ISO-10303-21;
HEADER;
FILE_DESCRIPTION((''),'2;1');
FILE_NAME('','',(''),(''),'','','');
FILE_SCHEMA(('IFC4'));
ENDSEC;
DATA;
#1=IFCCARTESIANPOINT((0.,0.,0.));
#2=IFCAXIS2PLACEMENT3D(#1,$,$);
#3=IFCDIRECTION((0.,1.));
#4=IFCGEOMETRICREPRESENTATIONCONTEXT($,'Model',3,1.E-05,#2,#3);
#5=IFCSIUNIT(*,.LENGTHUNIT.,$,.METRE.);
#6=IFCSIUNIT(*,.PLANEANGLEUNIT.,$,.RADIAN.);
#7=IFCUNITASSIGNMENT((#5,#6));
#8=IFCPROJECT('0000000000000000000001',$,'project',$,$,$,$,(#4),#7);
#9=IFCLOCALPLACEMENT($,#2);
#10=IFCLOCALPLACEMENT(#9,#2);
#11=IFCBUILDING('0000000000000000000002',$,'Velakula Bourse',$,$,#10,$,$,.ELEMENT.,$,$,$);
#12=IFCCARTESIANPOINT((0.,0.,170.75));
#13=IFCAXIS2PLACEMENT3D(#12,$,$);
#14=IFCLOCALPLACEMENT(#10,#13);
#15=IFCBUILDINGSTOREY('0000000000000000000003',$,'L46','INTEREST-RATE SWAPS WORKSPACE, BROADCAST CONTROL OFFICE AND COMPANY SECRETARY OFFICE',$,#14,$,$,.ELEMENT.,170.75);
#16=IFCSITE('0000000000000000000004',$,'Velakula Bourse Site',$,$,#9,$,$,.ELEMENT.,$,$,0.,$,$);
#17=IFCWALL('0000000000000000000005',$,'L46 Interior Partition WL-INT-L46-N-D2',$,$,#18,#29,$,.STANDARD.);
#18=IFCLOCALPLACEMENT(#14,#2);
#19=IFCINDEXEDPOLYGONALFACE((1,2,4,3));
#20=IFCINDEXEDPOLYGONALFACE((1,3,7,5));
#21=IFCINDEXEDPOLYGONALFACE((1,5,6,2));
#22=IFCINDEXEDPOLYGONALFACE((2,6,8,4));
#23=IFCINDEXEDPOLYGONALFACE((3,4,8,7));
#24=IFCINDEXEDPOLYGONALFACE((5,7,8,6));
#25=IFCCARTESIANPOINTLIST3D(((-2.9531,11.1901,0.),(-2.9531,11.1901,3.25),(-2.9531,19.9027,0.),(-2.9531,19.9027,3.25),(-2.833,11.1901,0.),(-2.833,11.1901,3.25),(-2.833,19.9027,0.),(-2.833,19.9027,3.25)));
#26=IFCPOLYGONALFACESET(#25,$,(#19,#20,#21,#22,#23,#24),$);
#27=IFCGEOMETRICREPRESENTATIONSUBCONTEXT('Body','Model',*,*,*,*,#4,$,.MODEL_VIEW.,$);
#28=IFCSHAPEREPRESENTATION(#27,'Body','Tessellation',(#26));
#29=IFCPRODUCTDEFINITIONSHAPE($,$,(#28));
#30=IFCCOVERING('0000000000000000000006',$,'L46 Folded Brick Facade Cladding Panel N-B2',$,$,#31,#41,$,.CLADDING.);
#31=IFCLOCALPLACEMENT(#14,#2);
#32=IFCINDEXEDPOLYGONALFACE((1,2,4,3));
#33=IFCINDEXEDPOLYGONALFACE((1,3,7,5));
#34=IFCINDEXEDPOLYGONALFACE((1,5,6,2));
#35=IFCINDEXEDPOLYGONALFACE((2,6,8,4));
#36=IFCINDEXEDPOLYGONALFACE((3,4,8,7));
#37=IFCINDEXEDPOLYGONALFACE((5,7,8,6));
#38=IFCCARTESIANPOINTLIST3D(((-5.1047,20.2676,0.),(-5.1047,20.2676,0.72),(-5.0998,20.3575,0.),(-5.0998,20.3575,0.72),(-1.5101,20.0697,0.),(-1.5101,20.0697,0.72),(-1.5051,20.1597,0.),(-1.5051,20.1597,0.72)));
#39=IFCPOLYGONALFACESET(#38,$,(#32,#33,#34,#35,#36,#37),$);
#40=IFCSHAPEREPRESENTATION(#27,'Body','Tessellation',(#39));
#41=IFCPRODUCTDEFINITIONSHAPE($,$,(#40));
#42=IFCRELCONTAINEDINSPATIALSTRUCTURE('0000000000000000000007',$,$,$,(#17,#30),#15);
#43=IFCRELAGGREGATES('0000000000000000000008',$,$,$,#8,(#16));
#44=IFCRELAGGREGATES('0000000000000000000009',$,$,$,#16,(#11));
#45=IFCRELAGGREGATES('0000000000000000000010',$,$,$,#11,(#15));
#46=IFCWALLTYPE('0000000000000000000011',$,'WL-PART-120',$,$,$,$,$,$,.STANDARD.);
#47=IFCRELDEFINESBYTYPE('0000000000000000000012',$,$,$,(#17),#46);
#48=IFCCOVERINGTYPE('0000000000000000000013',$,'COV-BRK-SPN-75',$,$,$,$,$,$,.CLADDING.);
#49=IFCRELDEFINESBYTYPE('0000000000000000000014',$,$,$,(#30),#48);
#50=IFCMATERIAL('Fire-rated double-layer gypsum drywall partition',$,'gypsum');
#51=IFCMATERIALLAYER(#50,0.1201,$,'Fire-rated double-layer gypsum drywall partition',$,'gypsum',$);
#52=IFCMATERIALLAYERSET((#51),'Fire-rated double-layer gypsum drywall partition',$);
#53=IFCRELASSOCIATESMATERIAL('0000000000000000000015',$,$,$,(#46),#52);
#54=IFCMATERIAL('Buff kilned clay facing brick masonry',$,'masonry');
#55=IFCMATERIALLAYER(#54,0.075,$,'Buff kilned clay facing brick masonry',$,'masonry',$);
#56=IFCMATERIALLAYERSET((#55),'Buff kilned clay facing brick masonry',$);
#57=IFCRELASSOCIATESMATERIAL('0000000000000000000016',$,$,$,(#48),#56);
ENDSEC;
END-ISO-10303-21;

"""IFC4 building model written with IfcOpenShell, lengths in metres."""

from ifc_helpers import new_model, si_unit, direction, frame, frame_2d, origin, origin_2d, place, context, subcontext, project, spatial, rectangle, extrude, material, layer, layer_set, type_object, element, save


model = new_model("IFC4")

# Units and contexts
model_context = context("Model", 3, precision=1e-05, world=origin(), true_north=direction((0.0, 1.0)))
body_context = subcontext(model_context, "Body", "Model", "MODEL_VIEW")
ifc_project = project(units=[si_unit("LENGTHUNIT", "METRE"), si_unit("PLANEANGLEUNIT", "RADIAN")], contexts=[model_context])

# Site, building, storey
site_placement = place(None, origin())
site = spatial("IfcSite", under=ifc_project, at=site_placement, Name="Velakula Bourse Site", CompositionType="ELEMENT", RefElevation=0.0)
building_placement = place(site_placement, origin())
building = spatial("IfcBuilding", under=site, at=building_placement, Name="Velakula Bourse", CompositionType="ELEMENT")
storey_placement = place(building_placement, frame((0.0, 0.0, 170.75)))
storey = spatial("IfcBuildingStorey", under=building, at=storey_placement, Name="L46", Description="INTEREST-RATE SWAPS WORKSPACE, BROADCAST CONTROL OFFICE AND COMPANY SECRETARY OFFICE", CompositionType="ELEMENT", Elevation=170.75)

# Wall
ifc_material_1 = material(Name="Fire-rated double-layer gypsum drywall partition", Category="gypsum")
ifc_layer_1 = layer(ifc_material_1, 0.1201, Name="Fire-rated double-layer gypsum drywall partition", Category="gypsum")
ifc_layer_set_1 = layer_set([ifc_layer_1], Name="Fire-rated double-layer gypsum drywall partition")
wall_type_1 = type_object("IfcWallType", Name="WL-PART-120", PredefinedType="STANDARD", material=ifc_layer_set_1)
wall_1_placement = place(storey_placement, frame((-2.8931, 11.1899, 0.0), z_axis=(0.0, 0.0, 1.0), x_axis=(0.0, 1.0, 0.0)))
element("IfcWall", 1, at=wall_1_placement, inside=storey, type_object=wall_type_1, Name="L46 Interior Partition WL-INT-L46-N-D2", PredefinedType="STANDARD", context=body_context, shape_type="SweptSolid", body=[
    extrude(rectangle(XDim=8.7126, YDim=0.1201, at=frame_2d((4.3564, 0.0))), origin(), (0.0, 0.0, 1.0), 3.25),
])

# Covering
ifc_material_2 = material(Name="Buff kilned clay facing brick masonry", Category="masonry")
ifc_layer_2 = layer(ifc_material_2, 0.075, Name="Buff kilned clay facing brick masonry", Category="masonry")
ifc_layer_set_2 = layer_set([ifc_layer_2], Name="Buff kilned clay facing brick masonry")
covering_type = type_object("IfcCoveringType", Name="COV-BRK-SPN-75", PredefinedType="CLADDING", material=ifc_layer_set_2)
covering_placement = place(storey_placement, frame((-3.3049, 20.2136, 0.0), z_axis=(0.0, 0.0, 1.0), x_axis=(0.998489, -0.05495, 0.0)))
element("IfcCovering", 2, at=covering_placement, inside=storey, type_object=covering_type, Name="L46 Folded Brick Facade Cladding Panel N-B2", PredefinedType="CLADDING", context=body_context, shape_type="SweptSolid", body=[
    extrude(rectangle(XDim=3.6001, YDim=0.0901, at=origin_2d()), origin(), (0.0, 0.0, 1.0), 0.72),
])

save(model, "model.ifc")
